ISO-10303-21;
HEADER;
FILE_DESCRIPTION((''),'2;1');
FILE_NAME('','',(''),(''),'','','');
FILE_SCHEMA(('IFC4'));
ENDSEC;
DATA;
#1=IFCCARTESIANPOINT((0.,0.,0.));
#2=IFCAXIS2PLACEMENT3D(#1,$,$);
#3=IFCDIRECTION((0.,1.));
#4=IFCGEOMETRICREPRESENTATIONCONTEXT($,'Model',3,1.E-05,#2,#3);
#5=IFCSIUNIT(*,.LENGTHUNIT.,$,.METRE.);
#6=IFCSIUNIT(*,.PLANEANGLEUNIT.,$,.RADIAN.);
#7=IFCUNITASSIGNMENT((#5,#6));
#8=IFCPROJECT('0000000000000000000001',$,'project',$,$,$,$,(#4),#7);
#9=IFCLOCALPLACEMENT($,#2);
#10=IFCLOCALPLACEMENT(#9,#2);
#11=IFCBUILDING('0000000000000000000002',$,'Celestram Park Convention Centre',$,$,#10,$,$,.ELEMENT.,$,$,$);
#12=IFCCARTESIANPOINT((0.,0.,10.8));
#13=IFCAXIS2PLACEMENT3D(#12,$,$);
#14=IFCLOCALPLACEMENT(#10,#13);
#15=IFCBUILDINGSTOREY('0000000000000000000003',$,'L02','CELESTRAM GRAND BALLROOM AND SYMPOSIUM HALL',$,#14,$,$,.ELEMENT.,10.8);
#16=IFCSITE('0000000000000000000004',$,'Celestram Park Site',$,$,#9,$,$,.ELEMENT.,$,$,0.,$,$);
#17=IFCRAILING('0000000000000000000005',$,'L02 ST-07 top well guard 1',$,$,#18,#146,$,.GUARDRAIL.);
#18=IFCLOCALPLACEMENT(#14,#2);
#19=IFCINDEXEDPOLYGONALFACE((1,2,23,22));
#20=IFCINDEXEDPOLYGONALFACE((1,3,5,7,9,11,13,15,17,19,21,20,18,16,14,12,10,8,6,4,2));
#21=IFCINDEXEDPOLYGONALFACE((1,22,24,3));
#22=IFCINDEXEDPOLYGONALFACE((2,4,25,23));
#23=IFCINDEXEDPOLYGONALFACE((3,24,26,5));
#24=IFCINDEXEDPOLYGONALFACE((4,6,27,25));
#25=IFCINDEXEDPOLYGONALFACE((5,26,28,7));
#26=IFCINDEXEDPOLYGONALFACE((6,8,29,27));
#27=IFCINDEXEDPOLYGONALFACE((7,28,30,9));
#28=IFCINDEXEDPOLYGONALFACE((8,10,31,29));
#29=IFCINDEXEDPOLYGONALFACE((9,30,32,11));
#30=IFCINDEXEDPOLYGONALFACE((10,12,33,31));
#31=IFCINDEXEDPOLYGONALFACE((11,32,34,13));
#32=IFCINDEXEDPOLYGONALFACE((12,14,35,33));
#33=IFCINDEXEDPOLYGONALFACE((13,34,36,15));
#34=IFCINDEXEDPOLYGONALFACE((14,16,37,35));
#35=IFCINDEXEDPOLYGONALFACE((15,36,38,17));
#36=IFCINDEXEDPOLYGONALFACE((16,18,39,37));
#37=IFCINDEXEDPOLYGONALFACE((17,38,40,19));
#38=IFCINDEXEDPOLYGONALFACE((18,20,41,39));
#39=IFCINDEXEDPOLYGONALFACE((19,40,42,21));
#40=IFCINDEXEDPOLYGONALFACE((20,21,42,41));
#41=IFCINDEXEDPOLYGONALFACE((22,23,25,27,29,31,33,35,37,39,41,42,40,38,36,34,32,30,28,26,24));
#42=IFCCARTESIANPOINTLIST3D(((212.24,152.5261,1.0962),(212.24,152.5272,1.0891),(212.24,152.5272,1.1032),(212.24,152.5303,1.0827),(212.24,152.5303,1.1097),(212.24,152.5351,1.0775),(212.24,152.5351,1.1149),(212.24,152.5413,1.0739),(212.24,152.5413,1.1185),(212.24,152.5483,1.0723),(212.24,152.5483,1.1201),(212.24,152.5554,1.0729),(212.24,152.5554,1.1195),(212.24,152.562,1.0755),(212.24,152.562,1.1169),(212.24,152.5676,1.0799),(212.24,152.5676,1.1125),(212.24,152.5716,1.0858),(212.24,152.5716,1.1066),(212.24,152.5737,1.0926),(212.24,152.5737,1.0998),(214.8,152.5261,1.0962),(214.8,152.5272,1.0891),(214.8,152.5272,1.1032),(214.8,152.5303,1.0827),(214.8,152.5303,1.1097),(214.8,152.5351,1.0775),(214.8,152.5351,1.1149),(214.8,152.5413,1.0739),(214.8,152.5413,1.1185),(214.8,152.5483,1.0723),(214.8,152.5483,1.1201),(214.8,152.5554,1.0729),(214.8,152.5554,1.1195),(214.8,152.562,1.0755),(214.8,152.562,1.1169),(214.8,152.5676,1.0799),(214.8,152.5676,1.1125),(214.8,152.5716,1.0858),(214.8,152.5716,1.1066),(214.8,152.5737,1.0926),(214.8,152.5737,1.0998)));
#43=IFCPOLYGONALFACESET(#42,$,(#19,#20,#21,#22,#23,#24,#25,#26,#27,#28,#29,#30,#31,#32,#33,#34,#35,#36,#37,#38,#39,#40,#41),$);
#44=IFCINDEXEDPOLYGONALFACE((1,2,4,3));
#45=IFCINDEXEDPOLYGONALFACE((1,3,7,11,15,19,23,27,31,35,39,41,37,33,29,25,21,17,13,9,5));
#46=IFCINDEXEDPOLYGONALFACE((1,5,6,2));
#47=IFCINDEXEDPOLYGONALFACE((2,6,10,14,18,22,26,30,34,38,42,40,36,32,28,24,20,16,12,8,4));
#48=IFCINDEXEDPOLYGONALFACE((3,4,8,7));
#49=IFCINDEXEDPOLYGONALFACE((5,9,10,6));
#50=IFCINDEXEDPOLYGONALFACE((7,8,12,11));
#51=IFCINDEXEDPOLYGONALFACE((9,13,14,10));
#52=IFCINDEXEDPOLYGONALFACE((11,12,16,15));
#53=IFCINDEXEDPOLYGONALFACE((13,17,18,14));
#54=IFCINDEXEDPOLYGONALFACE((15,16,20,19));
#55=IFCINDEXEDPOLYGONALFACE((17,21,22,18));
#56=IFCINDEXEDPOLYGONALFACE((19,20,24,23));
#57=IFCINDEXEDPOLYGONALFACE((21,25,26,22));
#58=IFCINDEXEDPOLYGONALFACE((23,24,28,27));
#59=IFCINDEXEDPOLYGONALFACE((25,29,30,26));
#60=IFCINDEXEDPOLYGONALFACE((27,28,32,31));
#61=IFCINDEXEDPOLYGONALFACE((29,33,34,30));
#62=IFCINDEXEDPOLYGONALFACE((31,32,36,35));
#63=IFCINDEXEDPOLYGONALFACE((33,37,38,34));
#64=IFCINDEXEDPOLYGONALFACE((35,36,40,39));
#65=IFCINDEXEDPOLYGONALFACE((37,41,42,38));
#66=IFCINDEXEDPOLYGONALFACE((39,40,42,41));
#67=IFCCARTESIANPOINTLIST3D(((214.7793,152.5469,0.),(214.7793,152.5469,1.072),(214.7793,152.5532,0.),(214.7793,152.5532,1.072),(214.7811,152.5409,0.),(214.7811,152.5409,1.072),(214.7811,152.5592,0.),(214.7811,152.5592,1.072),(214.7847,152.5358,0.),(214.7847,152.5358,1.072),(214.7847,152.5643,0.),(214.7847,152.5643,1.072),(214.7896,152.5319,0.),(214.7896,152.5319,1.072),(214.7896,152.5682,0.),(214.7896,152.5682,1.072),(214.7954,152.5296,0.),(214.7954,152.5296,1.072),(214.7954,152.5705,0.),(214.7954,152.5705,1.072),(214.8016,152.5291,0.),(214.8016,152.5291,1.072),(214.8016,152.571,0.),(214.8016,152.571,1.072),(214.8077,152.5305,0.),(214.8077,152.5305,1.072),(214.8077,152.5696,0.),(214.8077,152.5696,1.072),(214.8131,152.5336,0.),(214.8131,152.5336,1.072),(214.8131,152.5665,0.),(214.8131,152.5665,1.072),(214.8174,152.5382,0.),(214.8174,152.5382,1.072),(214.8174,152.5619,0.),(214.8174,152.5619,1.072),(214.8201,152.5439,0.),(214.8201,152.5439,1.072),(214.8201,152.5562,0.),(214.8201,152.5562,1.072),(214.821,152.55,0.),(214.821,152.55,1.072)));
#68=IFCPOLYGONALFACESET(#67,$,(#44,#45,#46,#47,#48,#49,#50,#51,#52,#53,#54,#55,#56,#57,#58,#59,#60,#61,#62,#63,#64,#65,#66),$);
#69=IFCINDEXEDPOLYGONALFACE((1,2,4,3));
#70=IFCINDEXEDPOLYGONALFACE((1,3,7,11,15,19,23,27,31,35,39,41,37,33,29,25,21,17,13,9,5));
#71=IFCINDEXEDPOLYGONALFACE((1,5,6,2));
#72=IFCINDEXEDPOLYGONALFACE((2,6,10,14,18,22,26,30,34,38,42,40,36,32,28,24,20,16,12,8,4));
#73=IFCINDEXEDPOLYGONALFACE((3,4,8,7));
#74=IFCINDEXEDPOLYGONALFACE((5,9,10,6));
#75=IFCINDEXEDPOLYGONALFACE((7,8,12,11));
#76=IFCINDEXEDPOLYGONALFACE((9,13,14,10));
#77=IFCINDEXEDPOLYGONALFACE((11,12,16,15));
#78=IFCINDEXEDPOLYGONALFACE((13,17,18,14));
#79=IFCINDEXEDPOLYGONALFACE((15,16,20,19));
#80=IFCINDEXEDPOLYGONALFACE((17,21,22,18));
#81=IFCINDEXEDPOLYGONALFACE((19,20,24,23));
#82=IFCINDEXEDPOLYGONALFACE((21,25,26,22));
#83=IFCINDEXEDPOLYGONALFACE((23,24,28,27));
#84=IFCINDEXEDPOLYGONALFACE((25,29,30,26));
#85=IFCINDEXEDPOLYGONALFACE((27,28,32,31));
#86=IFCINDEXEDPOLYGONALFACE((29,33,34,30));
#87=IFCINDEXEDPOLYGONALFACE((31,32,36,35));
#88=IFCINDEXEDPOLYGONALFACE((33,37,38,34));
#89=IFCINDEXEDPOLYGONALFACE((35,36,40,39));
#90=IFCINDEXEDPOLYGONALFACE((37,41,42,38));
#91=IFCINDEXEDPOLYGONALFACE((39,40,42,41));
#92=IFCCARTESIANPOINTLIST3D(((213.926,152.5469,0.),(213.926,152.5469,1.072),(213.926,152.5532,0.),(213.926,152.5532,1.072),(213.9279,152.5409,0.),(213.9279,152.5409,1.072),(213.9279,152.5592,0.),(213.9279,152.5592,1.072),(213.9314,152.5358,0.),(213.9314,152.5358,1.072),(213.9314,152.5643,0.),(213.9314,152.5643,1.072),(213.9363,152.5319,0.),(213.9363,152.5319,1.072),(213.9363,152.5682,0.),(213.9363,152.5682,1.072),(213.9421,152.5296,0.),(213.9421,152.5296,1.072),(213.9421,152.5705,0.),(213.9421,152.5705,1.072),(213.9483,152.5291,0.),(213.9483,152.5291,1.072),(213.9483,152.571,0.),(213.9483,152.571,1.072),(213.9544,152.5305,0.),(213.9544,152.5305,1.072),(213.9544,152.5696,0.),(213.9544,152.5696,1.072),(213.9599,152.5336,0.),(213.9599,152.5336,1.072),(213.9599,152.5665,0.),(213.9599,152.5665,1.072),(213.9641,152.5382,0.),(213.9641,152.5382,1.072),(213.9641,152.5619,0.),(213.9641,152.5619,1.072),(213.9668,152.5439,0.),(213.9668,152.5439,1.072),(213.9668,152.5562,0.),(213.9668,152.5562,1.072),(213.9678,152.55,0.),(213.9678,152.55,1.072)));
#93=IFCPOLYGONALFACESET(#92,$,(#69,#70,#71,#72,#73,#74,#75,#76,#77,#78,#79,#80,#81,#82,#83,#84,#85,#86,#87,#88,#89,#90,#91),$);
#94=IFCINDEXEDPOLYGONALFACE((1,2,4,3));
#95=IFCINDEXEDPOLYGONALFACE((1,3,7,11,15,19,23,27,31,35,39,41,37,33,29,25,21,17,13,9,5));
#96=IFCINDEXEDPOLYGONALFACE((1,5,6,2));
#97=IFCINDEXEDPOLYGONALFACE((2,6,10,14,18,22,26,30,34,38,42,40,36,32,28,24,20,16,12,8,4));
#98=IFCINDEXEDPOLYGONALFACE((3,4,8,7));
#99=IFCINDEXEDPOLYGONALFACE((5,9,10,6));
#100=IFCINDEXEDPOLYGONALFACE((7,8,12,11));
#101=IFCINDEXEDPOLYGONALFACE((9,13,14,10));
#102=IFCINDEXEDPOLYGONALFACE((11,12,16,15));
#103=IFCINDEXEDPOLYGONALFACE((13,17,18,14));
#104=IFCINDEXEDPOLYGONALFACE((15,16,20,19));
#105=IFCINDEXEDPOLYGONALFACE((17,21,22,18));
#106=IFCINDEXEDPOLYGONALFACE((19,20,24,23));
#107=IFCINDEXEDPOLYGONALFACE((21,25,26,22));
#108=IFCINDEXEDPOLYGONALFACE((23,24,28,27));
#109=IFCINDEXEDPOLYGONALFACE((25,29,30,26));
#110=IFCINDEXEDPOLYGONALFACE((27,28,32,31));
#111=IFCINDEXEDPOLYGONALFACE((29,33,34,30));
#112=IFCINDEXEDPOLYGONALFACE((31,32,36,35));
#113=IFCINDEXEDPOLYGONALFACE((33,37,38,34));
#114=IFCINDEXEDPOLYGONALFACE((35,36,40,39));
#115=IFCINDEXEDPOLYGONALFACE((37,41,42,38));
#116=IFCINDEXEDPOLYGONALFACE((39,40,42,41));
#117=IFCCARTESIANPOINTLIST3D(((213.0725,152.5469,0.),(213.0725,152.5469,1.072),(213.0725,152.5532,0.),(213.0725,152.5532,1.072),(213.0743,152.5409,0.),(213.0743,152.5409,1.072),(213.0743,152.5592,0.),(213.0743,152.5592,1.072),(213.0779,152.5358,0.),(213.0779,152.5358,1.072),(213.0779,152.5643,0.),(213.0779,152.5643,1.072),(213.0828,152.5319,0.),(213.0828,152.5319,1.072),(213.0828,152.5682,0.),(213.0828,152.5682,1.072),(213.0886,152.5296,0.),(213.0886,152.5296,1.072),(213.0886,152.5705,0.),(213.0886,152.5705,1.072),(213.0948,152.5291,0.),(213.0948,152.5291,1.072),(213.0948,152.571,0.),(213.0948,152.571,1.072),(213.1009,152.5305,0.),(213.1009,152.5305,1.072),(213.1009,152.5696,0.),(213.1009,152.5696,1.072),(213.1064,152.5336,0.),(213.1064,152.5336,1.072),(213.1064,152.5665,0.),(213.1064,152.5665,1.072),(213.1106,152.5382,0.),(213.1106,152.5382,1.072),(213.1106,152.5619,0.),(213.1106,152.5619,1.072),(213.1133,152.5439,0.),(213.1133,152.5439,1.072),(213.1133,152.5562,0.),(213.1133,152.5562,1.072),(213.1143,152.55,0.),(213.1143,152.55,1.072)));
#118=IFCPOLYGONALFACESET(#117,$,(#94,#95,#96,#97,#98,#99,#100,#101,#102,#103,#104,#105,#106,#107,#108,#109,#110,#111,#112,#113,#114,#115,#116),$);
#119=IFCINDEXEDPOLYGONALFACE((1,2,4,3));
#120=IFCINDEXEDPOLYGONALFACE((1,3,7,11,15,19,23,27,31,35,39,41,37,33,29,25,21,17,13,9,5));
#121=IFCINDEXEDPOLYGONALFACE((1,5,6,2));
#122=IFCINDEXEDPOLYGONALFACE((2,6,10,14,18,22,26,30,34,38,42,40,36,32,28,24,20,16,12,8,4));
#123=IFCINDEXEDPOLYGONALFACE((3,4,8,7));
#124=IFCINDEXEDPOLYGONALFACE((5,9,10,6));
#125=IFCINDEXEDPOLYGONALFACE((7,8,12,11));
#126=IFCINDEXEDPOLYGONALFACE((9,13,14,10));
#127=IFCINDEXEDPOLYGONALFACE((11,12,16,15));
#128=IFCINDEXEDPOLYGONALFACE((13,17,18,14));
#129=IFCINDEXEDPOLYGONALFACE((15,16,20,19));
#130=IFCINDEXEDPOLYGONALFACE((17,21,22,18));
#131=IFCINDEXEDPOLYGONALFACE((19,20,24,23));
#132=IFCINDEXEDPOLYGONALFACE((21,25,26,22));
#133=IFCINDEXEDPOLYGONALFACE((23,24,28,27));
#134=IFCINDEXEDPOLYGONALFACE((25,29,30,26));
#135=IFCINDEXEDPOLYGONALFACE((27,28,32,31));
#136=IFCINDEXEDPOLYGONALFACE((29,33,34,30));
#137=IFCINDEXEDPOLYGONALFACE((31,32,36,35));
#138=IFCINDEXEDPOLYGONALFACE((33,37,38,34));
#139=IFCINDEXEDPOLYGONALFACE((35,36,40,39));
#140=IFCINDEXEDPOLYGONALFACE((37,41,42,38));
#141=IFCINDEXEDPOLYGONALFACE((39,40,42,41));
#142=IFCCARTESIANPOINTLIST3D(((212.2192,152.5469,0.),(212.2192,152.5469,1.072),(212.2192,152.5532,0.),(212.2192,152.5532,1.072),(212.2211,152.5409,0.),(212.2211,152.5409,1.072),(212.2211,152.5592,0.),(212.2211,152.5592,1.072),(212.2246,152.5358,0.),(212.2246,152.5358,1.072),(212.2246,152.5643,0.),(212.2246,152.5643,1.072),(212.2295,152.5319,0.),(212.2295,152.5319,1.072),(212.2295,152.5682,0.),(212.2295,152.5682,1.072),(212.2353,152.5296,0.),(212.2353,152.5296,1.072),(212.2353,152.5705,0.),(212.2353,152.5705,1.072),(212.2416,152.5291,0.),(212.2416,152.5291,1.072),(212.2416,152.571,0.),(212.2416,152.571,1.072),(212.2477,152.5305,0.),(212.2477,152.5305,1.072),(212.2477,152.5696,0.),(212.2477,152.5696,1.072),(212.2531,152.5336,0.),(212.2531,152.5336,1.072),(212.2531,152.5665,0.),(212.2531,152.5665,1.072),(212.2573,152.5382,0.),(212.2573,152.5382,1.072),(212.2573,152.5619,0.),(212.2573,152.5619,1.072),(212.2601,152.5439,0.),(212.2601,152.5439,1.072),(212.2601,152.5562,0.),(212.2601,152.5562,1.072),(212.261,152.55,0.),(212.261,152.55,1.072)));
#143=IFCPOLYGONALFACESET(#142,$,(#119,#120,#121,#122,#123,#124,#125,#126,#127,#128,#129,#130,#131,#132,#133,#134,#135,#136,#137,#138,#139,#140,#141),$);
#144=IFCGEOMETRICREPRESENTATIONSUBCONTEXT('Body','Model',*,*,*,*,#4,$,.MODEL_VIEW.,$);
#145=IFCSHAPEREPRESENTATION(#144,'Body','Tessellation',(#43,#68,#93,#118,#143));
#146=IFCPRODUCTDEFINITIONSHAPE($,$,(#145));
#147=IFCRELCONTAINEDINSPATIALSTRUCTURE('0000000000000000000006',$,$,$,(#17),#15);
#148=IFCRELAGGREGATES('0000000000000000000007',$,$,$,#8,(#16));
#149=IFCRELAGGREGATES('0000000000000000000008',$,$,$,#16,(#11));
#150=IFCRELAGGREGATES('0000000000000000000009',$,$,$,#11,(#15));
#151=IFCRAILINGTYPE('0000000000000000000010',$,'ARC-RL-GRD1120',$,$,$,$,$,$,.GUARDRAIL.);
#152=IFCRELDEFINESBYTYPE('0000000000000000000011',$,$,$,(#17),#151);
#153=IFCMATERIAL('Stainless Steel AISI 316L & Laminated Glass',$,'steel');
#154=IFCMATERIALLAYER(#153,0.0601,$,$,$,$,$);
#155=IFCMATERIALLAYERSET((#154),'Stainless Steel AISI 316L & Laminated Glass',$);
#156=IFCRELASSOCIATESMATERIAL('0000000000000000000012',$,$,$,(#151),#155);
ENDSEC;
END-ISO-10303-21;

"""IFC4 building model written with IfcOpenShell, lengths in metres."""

from ifc_helpers import new_model, si_unit, direction, frame, origin, origin_2d, place, context, subcontext, project, spatial, circle, extrude, material, layer, layer_set, type_object, element, save


model = new_model("IFC4")

# Units and contexts
model_context = context("Model", 3, precision=1e-05, world=origin(), true_north=direction((0.0, 1.0)))
body_context = subcontext(model_context, "Body", "Model", "MODEL_VIEW")
ifc_project = project(units=[si_unit("LENGTHUNIT", "METRE"), si_unit("PLANEANGLEUNIT", "RADIAN")], contexts=[model_context])

# Site, building, storey
site_placement = place(None, origin())
site = spatial("IfcSite", under=ifc_project, at=site_placement, Name="Celestram Park Site", CompositionType="ELEMENT", RefElevation=0.0)
building_placement = place(site_placement, origin())
building = spatial("IfcBuilding", under=site, at=building_placement, Name="Celestram Park Convention Centre", CompositionType="ELEMENT")
storey_placement = place(building_placement, frame((0.0, 0.0, 10.8)))
storey = spatial("IfcBuildingStorey", under=building, at=storey_placement, Name="L02", Description="CELESTRAM GRAND BALLROOM AND SYMPOSIUM HALL", CompositionType="ELEMENT", Elevation=10.8)

# Railing
ifc_material_1 = material(Name="Stainless Steel AISI 316L & Laminated Glass", Category="steel")
ifc_layer_1 = layer(ifc_material_1, 0.0601)
ifc_layer_set_1 = layer_set([ifc_layer_1], Name="Stainless Steel AISI 316L & Laminated Glass")
railing_type = type_object("IfcRailingType", Name="ARC-RL-GRD1120", PredefinedType="GUARDRAIL", material=ifc_layer_set_1)
railing_placement = place(storey_placement, frame((214.8, 152.55, 0.0)))
element("IfcRailing", 1, at=railing_placement, inside=storey, type_object=railing_type, Name="L02 ST-07 top well guard 1", PredefinedType="GUARDRAIL", context=body_context, shape_type="SweptSolid", body=[
    extrude(circle(Radius=0.0239, at=origin_2d()), frame((0.0, 0.0, 1.0962), z_axis=(-1.0, 0.0, 0.0), x_axis=(0.0, -1.0, 0.0)), (0.0, 0.0, 1.0), 2.5601),
    extrude(circle(Radius=0.021, at=origin_2d()), origin(), (0.0, 0.0, 1.0), 1.072),
    extrude(circle(Radius=0.021, at=origin_2d()), frame((-0.8533, 0.0, 0.0)), (0.0, 0.0, 1.0), 1.072),
    extrude(circle(Radius=0.021, at=origin_2d()), frame((-1.7068, 0.0, 0.0)), (0.0, 0.0, 1.0), 1.072),
    extrude(circle(Radius=0.021, at=origin_2d()), frame((-2.5601, 0.0, 0.0)), (0.0, 0.0, 1.0), 1.072),
])

save(model, "model.ifc")
